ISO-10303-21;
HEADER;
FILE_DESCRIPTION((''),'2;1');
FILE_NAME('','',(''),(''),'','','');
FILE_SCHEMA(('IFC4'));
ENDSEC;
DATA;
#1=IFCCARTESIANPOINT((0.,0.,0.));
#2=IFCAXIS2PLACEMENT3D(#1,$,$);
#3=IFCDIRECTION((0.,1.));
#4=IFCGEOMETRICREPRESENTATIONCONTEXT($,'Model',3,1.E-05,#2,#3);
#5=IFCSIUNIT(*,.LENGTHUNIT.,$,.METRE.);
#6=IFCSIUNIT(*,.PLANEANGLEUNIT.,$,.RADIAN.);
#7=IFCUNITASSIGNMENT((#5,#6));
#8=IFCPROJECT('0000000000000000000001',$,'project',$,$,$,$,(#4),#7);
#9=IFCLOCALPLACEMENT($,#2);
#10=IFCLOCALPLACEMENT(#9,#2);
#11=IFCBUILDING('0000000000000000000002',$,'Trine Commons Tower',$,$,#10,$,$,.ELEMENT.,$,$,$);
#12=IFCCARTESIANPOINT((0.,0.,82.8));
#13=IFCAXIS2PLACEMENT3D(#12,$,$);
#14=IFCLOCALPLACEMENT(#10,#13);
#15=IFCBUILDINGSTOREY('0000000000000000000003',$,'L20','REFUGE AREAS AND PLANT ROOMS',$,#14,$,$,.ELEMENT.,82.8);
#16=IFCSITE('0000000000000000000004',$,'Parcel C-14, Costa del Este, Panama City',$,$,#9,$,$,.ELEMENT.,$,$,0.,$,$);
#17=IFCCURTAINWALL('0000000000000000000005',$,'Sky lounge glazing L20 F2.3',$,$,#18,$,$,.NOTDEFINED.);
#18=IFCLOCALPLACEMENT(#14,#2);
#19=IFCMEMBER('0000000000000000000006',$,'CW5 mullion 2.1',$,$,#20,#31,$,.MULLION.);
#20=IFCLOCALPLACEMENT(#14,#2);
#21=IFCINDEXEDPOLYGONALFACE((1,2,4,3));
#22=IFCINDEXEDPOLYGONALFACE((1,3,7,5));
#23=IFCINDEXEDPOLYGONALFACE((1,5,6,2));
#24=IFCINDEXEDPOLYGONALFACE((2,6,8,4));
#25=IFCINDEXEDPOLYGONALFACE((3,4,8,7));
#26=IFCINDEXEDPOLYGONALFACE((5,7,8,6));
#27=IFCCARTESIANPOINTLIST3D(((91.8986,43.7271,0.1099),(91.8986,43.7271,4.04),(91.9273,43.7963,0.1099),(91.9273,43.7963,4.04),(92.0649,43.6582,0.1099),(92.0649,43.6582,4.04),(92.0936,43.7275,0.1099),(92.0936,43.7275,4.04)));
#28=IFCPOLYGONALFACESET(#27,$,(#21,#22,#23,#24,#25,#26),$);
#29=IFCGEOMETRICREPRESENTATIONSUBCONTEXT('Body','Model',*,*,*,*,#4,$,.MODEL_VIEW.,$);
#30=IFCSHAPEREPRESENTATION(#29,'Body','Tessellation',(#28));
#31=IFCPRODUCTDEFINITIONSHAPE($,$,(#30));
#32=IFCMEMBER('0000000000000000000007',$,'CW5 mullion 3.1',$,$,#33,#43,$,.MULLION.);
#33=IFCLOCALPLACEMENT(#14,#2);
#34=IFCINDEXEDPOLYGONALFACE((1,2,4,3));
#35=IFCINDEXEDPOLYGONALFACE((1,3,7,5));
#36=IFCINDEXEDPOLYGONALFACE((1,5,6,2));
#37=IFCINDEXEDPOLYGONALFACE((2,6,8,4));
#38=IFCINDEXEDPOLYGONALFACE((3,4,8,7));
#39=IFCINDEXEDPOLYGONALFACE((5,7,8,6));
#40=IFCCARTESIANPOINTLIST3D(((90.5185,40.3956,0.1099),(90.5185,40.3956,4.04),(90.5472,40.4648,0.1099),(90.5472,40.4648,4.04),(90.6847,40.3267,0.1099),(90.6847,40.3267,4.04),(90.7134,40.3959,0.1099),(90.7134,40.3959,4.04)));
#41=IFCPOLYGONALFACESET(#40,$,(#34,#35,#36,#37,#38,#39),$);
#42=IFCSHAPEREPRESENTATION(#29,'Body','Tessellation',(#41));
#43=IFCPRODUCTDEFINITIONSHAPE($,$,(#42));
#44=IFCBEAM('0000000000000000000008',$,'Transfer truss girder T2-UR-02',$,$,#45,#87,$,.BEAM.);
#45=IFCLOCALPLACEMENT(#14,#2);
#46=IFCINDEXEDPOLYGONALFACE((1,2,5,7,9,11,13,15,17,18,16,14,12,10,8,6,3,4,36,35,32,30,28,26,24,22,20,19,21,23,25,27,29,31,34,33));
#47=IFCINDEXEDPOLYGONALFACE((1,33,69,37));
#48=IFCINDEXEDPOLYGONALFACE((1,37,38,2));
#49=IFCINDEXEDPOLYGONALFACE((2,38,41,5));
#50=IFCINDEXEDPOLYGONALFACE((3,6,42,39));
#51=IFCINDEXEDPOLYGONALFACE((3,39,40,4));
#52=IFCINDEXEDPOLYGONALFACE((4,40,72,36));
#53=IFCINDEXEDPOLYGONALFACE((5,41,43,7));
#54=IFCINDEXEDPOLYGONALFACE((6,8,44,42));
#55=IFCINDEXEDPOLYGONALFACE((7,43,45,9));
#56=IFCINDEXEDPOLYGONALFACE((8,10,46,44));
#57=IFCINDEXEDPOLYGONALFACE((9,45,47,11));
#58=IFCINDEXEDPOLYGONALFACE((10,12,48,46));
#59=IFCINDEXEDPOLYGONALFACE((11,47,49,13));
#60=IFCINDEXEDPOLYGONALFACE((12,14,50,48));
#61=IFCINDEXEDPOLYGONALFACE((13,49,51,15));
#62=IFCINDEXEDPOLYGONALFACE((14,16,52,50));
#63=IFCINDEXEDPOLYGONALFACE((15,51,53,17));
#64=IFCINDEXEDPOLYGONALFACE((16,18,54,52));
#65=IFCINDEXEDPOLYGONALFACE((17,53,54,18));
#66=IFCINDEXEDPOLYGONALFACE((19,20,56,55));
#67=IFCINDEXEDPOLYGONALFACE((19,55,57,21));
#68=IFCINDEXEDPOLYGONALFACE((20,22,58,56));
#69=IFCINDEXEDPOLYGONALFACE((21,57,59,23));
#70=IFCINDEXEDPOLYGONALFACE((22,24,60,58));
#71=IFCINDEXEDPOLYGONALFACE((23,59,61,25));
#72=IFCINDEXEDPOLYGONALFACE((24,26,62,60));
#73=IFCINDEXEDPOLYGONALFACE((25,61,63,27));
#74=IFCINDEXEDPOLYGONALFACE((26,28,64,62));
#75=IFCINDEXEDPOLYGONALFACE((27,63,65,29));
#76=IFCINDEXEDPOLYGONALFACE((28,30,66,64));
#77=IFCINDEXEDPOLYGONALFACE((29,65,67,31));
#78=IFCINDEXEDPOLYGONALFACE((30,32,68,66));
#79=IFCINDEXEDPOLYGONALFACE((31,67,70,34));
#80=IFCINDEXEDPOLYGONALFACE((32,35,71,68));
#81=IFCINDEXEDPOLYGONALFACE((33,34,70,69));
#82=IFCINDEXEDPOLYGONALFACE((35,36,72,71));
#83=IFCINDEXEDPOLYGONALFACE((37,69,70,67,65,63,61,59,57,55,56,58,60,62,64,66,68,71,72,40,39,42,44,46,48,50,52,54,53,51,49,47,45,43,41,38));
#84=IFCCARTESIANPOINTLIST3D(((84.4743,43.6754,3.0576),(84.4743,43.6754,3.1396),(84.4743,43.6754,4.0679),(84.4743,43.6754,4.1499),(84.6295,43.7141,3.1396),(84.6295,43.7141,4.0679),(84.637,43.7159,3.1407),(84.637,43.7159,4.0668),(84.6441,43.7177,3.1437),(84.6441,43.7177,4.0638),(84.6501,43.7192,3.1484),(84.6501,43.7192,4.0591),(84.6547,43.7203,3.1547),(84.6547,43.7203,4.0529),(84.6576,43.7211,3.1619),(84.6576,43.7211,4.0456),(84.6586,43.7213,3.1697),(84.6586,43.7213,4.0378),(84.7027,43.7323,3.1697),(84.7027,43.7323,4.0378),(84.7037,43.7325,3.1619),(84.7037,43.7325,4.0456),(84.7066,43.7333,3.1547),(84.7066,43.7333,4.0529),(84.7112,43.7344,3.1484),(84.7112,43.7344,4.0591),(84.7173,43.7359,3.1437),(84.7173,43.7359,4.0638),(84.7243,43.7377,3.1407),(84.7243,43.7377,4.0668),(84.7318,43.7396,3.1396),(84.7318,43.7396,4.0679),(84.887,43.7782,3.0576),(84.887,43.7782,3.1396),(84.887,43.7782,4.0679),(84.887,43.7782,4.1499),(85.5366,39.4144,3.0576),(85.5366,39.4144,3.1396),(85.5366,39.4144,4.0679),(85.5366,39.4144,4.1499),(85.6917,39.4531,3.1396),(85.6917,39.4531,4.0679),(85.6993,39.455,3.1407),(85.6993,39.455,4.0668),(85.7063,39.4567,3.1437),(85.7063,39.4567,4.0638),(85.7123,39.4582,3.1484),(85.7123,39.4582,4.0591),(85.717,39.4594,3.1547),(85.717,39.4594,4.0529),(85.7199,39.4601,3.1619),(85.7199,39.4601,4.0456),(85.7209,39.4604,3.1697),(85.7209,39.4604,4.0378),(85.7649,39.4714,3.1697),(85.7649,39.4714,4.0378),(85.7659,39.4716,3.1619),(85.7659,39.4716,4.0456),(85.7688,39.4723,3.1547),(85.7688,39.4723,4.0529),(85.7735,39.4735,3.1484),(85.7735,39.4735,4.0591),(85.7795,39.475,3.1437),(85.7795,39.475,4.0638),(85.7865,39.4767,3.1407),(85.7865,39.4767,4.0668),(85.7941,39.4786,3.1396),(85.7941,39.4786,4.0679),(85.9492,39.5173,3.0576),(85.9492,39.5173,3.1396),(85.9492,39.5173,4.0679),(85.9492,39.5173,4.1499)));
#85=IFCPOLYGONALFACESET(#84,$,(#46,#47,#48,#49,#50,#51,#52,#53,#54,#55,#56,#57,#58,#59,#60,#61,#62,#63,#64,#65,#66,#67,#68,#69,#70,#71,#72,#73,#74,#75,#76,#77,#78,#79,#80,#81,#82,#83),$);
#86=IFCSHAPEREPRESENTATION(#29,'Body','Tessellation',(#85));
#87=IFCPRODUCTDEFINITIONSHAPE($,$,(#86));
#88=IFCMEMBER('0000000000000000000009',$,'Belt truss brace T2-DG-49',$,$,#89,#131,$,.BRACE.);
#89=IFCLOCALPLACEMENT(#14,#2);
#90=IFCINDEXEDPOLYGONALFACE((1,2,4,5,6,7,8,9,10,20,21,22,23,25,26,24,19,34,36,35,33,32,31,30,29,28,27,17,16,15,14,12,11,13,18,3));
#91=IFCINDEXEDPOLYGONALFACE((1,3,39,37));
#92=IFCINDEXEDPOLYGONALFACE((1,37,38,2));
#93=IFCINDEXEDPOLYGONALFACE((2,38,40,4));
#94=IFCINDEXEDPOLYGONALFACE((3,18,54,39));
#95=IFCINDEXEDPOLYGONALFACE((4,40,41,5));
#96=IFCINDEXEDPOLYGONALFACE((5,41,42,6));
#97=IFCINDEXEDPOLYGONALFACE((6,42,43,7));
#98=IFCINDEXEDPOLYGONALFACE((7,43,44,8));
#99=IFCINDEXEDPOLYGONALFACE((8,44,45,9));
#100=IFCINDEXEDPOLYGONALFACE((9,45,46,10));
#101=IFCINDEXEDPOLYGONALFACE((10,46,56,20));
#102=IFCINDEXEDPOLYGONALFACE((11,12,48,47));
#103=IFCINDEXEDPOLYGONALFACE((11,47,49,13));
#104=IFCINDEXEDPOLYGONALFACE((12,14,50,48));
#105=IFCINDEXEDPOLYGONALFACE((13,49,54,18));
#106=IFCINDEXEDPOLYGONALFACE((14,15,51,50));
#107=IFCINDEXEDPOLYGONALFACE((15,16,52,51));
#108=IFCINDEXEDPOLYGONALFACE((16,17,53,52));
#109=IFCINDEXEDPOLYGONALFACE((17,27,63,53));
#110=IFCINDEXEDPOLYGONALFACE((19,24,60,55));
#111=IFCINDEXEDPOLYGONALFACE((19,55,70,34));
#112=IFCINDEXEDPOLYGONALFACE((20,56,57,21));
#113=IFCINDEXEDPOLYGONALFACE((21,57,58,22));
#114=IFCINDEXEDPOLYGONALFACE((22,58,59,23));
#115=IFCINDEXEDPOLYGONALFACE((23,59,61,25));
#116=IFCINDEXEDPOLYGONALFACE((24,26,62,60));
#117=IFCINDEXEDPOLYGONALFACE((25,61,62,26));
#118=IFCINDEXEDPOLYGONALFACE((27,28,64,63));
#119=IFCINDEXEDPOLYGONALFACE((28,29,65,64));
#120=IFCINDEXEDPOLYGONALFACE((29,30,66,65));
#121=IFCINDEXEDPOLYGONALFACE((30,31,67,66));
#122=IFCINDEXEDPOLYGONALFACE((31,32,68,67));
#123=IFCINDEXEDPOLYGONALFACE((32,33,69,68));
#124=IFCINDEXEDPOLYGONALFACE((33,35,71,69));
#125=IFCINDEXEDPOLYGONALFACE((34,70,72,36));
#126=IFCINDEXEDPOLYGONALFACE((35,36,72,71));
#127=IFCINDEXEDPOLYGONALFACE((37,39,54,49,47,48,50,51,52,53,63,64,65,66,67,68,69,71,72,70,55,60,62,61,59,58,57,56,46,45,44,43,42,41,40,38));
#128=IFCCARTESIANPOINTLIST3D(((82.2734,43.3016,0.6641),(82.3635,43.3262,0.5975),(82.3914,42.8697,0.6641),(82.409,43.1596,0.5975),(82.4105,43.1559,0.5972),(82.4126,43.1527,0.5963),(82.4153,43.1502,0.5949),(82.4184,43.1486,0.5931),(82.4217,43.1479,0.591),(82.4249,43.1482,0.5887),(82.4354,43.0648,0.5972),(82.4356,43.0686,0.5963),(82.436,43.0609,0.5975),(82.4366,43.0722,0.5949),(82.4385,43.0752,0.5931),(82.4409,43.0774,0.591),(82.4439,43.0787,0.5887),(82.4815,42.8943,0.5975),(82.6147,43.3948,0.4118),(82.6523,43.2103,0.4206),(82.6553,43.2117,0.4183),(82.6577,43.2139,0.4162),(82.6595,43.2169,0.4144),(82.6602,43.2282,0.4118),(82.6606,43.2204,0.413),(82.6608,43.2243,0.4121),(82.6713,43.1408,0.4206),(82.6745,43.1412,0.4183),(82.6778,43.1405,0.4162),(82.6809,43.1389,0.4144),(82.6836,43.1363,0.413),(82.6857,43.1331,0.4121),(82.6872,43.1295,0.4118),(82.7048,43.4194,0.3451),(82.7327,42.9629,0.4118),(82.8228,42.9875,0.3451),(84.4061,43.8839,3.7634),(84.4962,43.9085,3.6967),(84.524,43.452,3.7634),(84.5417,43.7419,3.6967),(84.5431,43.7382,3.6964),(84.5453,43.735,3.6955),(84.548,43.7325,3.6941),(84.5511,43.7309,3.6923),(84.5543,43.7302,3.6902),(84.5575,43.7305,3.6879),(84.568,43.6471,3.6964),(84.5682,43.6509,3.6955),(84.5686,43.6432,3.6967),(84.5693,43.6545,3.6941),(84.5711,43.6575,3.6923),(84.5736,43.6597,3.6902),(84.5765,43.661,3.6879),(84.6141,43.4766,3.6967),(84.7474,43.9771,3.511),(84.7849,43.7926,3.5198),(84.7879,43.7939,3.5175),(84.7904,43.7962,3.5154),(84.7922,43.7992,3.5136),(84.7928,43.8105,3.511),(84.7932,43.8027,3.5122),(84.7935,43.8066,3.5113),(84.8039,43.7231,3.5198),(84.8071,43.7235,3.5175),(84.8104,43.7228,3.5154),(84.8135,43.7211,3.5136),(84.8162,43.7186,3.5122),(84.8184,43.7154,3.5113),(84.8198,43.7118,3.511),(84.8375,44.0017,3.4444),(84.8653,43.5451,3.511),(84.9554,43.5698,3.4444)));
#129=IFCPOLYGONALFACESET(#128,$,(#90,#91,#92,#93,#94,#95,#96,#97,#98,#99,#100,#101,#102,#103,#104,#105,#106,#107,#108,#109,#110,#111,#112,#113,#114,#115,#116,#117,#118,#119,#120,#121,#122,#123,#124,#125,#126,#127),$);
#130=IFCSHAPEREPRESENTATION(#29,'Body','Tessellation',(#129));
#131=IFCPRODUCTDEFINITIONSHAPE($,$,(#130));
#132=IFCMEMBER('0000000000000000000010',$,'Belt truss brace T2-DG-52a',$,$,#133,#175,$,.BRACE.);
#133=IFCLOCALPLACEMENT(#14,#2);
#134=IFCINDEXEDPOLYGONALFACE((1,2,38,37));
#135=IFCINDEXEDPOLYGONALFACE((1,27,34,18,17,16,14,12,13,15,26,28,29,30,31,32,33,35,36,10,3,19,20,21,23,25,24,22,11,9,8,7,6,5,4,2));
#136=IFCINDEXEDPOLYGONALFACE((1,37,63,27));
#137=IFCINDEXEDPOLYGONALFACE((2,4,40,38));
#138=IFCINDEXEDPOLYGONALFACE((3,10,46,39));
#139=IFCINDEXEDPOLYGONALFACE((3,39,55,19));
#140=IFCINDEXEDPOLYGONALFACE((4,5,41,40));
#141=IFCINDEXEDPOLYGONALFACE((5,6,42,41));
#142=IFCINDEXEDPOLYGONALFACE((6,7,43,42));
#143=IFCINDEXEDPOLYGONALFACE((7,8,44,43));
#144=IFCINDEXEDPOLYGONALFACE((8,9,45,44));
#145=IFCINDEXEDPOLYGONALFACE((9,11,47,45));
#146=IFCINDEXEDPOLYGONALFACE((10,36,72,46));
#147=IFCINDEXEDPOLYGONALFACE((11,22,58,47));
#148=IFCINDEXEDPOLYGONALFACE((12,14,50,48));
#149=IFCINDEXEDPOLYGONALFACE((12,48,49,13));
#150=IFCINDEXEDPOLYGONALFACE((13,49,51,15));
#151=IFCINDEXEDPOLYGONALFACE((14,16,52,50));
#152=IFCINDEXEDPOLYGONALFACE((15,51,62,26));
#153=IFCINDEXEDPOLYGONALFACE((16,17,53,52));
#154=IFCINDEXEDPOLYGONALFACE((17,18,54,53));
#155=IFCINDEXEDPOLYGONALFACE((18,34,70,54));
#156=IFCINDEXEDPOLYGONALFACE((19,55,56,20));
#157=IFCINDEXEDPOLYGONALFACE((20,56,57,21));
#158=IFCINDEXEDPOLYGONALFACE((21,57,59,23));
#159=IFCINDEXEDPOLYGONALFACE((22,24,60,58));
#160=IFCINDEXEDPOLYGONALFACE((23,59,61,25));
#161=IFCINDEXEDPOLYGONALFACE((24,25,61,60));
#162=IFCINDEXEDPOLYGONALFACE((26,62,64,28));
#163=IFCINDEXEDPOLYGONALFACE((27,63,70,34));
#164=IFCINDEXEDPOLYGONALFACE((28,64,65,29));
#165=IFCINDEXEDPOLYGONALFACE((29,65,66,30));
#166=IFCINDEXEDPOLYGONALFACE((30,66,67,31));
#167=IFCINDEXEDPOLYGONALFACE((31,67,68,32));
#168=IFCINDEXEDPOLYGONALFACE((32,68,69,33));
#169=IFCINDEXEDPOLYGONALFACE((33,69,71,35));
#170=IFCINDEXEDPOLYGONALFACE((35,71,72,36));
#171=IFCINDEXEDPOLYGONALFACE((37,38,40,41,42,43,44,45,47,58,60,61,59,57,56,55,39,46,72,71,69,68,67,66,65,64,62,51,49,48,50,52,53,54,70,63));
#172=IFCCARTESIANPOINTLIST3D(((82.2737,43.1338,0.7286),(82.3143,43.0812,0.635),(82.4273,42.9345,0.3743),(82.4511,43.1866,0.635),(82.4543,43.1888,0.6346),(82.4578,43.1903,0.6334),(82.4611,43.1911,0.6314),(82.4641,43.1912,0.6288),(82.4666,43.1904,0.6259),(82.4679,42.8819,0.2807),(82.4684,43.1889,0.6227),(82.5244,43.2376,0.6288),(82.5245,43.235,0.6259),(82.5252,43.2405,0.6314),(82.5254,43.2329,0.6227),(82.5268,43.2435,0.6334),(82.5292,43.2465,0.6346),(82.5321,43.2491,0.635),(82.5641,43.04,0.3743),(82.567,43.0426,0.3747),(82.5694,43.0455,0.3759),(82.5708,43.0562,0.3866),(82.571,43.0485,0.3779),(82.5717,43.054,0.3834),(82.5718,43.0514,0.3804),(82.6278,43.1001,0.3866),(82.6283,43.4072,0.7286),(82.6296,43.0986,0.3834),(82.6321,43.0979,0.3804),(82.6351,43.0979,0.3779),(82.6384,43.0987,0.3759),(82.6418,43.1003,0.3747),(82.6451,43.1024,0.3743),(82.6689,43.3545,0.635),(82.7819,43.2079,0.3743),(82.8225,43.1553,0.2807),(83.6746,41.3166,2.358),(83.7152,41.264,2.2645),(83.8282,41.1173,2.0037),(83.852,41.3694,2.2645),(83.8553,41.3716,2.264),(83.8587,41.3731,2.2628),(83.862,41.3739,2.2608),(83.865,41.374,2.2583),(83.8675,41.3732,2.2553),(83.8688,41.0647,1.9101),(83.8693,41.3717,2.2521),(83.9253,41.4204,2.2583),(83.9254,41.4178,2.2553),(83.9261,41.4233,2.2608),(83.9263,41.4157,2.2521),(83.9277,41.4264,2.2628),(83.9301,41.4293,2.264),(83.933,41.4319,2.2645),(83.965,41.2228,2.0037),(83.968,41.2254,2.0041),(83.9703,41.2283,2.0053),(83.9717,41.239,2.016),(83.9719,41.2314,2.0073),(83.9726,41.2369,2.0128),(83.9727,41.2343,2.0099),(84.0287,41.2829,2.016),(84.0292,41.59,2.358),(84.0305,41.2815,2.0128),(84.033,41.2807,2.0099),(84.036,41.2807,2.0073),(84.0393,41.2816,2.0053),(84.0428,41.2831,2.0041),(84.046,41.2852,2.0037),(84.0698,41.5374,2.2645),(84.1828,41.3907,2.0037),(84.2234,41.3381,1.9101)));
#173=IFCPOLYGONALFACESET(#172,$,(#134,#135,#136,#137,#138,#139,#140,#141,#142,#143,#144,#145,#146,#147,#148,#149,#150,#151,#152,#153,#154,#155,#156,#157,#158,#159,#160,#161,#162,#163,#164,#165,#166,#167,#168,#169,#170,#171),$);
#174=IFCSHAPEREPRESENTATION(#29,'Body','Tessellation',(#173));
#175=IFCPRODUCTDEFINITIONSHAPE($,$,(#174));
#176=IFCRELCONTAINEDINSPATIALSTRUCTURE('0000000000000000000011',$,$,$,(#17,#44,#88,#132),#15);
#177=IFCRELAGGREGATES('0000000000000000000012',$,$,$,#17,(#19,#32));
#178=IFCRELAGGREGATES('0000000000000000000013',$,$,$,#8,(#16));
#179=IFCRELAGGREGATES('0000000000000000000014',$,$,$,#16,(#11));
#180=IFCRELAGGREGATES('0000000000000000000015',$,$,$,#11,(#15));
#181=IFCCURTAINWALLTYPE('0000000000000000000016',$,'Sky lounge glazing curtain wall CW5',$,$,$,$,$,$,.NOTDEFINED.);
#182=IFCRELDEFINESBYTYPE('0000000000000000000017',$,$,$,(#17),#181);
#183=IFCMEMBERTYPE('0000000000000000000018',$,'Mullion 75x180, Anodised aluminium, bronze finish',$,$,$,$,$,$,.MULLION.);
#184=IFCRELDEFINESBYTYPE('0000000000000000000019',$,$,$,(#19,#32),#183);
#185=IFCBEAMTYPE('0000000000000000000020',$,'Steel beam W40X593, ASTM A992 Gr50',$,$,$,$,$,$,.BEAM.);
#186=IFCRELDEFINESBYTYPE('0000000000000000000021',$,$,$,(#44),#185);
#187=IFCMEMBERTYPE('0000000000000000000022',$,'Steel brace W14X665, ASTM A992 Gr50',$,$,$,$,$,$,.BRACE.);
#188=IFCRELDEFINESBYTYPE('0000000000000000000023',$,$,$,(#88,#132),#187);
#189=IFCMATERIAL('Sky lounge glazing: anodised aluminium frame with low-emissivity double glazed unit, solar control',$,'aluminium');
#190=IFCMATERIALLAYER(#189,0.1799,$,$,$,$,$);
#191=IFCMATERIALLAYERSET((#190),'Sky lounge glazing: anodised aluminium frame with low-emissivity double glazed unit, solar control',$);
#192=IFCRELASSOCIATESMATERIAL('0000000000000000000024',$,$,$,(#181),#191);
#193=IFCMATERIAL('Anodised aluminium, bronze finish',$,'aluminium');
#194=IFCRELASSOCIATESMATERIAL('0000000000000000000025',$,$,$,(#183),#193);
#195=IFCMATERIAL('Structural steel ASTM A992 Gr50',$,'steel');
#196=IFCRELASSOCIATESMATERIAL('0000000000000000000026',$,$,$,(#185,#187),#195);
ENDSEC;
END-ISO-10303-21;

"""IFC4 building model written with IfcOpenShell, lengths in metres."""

from ifc_helpers import new_model, si_unit, direction, frame, origin, origin_2d, place, context, subcontext, project, spatial, rectangle, i_section, extrude, material, layer, layer_set, material_profile, profile_set, type_object, element, aggregate, save


model = new_model("IFC4")

# Units and contexts
model_context = context("Model", 3, precision=1e-05, world=origin(), true_north=direction((0.0, 1.0)))
body_context = subcontext(model_context, "Body", "Model", "MODEL_VIEW")
ifc_project = project(units=[si_unit("LENGTHUNIT", "METRE"), si_unit("PLANEANGLEUNIT", "RADIAN")], contexts=[model_context])

# Site, building, storey
site_placement = place(None, origin())
site = spatial("IfcSite", under=ifc_project, at=site_placement, Name="Parcel C-14, Costa del Este, Panama City", CompositionType="ELEMENT", RefElevation=0.0)
building_placement = place(site_placement, origin())
building = spatial("IfcBuilding", under=site, at=building_placement, Name="Trine Commons Tower", CompositionType="ELEMENT")
storey_placement = place(building_placement, frame((0.0, 0.0, 82.8)))
storey = spatial("IfcBuildingStorey", under=building, at=storey_placement, Name="L20", Description="REFUGE AREAS AND PLANT ROOMS", CompositionType="ELEMENT", Elevation=82.8)

# Curtain wall, members
ifc_material_1 = material(Name="Sky lounge glazing: anodised aluminium frame with low-emissivity double glazed unit, solar control", Category="aluminium")
ifc_layer_1 = layer(ifc_material_1, 0.1799)
ifc_layer_set_1 = layer_set([ifc_layer_1], Name="Sky lounge glazing: anodised aluminium frame with low-emissivity double glazed unit, solar control")
curtain_wall_type_1 = type_object("IfcCurtainWallType", Name="Sky lounge glazing curtain wall CW5", PredefinedType="NOTDEFINED", material=ifc_layer_set_1)
curtain_wall_1_placement = place(storey_placement, origin())
curtain_wall_1 = element("IfcCurtainWall", 1, at=curtain_wall_1_placement, inside=storey, type_object=curtain_wall_type_1, Name="Sky lounge glazing L20 F2.3", PredefinedType="NOTDEFINED")
ifc_material_2 = material(Name="Anodised aluminium, bronze finish", Category="aluminium")
ifc_material_profile_1 = material_profile(ifc_material_2, rectangle(XDim=0.1799, YDim=0.075, at=origin_2d()), Name="Mullion 75x180")
ifc_profile_set_1 = profile_set([ifc_material_profile_1], Name="Anodised aluminium, bronze finish")
member_type_1 = type_object("IfcMemberType", Name="Mullion 75x180, Anodised aluminium, bronze finish", PredefinedType="MULLION", material=ifc_profile_set_1)
member_1_placement = place(storey_placement, frame((91.9961, 43.7273, 0.1099), z_axis=(0.0, 0.0, 1.0), x_axis=(0.92388, -0.382683, 0.0)))
member_1 = element("IfcMember", 2, at=member_1_placement, type_object=member_type_1, Name="CW5 mullion 2.1", PredefinedType="MULLION", context=body_context, shape_type="SweptSolid", body=[
    extrude(rectangle(XDim=0.1799, YDim=0.075, at=origin_2d()), origin(), (0.0, 0.0, 1.0), 3.9302),
])
member_2_placement = place(storey_placement, frame((90.616, 40.3958, 0.1099), z_axis=(0.0, 0.0, 1.0), x_axis=(0.92388, -0.382683, 0.0)))
member_2 = element("IfcMember", 3, at=member_2_placement, type_object=member_type_1, Name="CW5 mullion 3.1", PredefinedType="MULLION", context=body_context, shape_type="SweptSolid", body=[
    extrude(rectangle(XDim=0.1799, YDim=0.075, at=origin_2d()), origin(), (0.0, 0.0, 1.0), 3.9302),
])

# Beam
ifc_material_3 = material(Name="Structural steel ASTM A992 Gr50", Category="steel")
ifc_material_profile_2 = material_profile(ifc_material_3, i_section(OverallWidth=0.4253, OverallDepth=1.0923, WebThickness=0.0454, FlangeThickness=0.082, FilletRadius=0.03, at=origin_2d()), Name="W40X593")
ifc_profile_set_2 = profile_set([ifc_material_profile_2], Name="Structural steel ASTM A992 Gr50")
beam_type = type_object("IfcBeamType", Name="Steel beam W40X593, ASTM A992 Gr50", PredefinedType="BEAM", material=ifc_profile_set_2)
beam_placement = place(storey_placement, frame((84.6807, 43.7268, 3.6038), z_axis=(0.241895, -0.970303, 0.0), x_axis=(0.970303, 0.241895, 0.0)))
element("IfcBeam", 4, at=beam_placement, inside=storey, type_object=beam_type, Name="Transfer truss girder T2-UR-02", PredefinedType="BEAM", context=body_context, shape_type="SweptSolid", body=[
    extrude(i_section(OverallWidth=0.4253, OverallDepth=1.0923, WebThickness=0.0454, FlangeThickness=0.082, FilletRadius=0.03, at=origin_2d()), origin(), (0.0, 0.0, 1.0), 4.3914),
])

# Members
ifc_material_profile_3 = material_profile(ifc_material_3, i_section(OverallWidth=0.4478, OverallDepth=0.5493, WebThickness=0.072, FlangeThickness=0.1147, FilletRadius=0.0151, at=origin_2d()), Name="W14X665")
ifc_profile_set_3 = profile_set([ifc_material_profile_3], Name="Structural steel ASTM A992 Gr50")
member_type_2 = type_object("IfcMemberType", Name="Steel brace W14X665, ASTM A992 Gr50", PredefinedType="BRACE", material=ifc_profile_set_3)
member_3_placement = place(storey_placement, frame((82.5481, 43.1445, 0.5046), z_axis=(0.560205, 0.152958, 0.814109), x_axis=(-0.263398, 0.964687, 0.0)))
element("IfcMember", 5, at=member_3_placement, inside=storey, type_object=member_type_2, Name="Belt truss brace T2-DG-49", PredefinedType="BRACE", context=body_context, shape_type="SweptSolid", body=[
    extrude(i_section(OverallWidth=0.4478, OverallDepth=0.5493, WebThickness=0.072, FlangeThickness=0.1147, FilletRadius=0.0151, at=origin_2d()), origin(), (0.0, 0.0, 1.0), 3.8069),
])
member_4_placement = place(storey_placement, frame((82.5481, 43.1445, 0.5046), z_axis=(0.4978, -0.645717, 0.579003), x_axis=(0.791975, 0.610554, 0.0)))
element("IfcMember", 6, at=member_4_placement, inside=storey, type_object=member_type_2, Name="Belt truss brace T2-DG-52a", PredefinedType="BRACE", context=body_context, shape_type="SweptSolid", body=[
    extrude(i_section(OverallWidth=0.4478, OverallDepth=0.5493, WebThickness=0.072, FlangeThickness=0.1147, FilletRadius=0.0151, at=origin_2d()), origin(), (0.0, 0.0, 1.0), 2.8142),
])

aggregate(curtain_wall_1, [member_1, member_2])

save(model, "model.ifc")
